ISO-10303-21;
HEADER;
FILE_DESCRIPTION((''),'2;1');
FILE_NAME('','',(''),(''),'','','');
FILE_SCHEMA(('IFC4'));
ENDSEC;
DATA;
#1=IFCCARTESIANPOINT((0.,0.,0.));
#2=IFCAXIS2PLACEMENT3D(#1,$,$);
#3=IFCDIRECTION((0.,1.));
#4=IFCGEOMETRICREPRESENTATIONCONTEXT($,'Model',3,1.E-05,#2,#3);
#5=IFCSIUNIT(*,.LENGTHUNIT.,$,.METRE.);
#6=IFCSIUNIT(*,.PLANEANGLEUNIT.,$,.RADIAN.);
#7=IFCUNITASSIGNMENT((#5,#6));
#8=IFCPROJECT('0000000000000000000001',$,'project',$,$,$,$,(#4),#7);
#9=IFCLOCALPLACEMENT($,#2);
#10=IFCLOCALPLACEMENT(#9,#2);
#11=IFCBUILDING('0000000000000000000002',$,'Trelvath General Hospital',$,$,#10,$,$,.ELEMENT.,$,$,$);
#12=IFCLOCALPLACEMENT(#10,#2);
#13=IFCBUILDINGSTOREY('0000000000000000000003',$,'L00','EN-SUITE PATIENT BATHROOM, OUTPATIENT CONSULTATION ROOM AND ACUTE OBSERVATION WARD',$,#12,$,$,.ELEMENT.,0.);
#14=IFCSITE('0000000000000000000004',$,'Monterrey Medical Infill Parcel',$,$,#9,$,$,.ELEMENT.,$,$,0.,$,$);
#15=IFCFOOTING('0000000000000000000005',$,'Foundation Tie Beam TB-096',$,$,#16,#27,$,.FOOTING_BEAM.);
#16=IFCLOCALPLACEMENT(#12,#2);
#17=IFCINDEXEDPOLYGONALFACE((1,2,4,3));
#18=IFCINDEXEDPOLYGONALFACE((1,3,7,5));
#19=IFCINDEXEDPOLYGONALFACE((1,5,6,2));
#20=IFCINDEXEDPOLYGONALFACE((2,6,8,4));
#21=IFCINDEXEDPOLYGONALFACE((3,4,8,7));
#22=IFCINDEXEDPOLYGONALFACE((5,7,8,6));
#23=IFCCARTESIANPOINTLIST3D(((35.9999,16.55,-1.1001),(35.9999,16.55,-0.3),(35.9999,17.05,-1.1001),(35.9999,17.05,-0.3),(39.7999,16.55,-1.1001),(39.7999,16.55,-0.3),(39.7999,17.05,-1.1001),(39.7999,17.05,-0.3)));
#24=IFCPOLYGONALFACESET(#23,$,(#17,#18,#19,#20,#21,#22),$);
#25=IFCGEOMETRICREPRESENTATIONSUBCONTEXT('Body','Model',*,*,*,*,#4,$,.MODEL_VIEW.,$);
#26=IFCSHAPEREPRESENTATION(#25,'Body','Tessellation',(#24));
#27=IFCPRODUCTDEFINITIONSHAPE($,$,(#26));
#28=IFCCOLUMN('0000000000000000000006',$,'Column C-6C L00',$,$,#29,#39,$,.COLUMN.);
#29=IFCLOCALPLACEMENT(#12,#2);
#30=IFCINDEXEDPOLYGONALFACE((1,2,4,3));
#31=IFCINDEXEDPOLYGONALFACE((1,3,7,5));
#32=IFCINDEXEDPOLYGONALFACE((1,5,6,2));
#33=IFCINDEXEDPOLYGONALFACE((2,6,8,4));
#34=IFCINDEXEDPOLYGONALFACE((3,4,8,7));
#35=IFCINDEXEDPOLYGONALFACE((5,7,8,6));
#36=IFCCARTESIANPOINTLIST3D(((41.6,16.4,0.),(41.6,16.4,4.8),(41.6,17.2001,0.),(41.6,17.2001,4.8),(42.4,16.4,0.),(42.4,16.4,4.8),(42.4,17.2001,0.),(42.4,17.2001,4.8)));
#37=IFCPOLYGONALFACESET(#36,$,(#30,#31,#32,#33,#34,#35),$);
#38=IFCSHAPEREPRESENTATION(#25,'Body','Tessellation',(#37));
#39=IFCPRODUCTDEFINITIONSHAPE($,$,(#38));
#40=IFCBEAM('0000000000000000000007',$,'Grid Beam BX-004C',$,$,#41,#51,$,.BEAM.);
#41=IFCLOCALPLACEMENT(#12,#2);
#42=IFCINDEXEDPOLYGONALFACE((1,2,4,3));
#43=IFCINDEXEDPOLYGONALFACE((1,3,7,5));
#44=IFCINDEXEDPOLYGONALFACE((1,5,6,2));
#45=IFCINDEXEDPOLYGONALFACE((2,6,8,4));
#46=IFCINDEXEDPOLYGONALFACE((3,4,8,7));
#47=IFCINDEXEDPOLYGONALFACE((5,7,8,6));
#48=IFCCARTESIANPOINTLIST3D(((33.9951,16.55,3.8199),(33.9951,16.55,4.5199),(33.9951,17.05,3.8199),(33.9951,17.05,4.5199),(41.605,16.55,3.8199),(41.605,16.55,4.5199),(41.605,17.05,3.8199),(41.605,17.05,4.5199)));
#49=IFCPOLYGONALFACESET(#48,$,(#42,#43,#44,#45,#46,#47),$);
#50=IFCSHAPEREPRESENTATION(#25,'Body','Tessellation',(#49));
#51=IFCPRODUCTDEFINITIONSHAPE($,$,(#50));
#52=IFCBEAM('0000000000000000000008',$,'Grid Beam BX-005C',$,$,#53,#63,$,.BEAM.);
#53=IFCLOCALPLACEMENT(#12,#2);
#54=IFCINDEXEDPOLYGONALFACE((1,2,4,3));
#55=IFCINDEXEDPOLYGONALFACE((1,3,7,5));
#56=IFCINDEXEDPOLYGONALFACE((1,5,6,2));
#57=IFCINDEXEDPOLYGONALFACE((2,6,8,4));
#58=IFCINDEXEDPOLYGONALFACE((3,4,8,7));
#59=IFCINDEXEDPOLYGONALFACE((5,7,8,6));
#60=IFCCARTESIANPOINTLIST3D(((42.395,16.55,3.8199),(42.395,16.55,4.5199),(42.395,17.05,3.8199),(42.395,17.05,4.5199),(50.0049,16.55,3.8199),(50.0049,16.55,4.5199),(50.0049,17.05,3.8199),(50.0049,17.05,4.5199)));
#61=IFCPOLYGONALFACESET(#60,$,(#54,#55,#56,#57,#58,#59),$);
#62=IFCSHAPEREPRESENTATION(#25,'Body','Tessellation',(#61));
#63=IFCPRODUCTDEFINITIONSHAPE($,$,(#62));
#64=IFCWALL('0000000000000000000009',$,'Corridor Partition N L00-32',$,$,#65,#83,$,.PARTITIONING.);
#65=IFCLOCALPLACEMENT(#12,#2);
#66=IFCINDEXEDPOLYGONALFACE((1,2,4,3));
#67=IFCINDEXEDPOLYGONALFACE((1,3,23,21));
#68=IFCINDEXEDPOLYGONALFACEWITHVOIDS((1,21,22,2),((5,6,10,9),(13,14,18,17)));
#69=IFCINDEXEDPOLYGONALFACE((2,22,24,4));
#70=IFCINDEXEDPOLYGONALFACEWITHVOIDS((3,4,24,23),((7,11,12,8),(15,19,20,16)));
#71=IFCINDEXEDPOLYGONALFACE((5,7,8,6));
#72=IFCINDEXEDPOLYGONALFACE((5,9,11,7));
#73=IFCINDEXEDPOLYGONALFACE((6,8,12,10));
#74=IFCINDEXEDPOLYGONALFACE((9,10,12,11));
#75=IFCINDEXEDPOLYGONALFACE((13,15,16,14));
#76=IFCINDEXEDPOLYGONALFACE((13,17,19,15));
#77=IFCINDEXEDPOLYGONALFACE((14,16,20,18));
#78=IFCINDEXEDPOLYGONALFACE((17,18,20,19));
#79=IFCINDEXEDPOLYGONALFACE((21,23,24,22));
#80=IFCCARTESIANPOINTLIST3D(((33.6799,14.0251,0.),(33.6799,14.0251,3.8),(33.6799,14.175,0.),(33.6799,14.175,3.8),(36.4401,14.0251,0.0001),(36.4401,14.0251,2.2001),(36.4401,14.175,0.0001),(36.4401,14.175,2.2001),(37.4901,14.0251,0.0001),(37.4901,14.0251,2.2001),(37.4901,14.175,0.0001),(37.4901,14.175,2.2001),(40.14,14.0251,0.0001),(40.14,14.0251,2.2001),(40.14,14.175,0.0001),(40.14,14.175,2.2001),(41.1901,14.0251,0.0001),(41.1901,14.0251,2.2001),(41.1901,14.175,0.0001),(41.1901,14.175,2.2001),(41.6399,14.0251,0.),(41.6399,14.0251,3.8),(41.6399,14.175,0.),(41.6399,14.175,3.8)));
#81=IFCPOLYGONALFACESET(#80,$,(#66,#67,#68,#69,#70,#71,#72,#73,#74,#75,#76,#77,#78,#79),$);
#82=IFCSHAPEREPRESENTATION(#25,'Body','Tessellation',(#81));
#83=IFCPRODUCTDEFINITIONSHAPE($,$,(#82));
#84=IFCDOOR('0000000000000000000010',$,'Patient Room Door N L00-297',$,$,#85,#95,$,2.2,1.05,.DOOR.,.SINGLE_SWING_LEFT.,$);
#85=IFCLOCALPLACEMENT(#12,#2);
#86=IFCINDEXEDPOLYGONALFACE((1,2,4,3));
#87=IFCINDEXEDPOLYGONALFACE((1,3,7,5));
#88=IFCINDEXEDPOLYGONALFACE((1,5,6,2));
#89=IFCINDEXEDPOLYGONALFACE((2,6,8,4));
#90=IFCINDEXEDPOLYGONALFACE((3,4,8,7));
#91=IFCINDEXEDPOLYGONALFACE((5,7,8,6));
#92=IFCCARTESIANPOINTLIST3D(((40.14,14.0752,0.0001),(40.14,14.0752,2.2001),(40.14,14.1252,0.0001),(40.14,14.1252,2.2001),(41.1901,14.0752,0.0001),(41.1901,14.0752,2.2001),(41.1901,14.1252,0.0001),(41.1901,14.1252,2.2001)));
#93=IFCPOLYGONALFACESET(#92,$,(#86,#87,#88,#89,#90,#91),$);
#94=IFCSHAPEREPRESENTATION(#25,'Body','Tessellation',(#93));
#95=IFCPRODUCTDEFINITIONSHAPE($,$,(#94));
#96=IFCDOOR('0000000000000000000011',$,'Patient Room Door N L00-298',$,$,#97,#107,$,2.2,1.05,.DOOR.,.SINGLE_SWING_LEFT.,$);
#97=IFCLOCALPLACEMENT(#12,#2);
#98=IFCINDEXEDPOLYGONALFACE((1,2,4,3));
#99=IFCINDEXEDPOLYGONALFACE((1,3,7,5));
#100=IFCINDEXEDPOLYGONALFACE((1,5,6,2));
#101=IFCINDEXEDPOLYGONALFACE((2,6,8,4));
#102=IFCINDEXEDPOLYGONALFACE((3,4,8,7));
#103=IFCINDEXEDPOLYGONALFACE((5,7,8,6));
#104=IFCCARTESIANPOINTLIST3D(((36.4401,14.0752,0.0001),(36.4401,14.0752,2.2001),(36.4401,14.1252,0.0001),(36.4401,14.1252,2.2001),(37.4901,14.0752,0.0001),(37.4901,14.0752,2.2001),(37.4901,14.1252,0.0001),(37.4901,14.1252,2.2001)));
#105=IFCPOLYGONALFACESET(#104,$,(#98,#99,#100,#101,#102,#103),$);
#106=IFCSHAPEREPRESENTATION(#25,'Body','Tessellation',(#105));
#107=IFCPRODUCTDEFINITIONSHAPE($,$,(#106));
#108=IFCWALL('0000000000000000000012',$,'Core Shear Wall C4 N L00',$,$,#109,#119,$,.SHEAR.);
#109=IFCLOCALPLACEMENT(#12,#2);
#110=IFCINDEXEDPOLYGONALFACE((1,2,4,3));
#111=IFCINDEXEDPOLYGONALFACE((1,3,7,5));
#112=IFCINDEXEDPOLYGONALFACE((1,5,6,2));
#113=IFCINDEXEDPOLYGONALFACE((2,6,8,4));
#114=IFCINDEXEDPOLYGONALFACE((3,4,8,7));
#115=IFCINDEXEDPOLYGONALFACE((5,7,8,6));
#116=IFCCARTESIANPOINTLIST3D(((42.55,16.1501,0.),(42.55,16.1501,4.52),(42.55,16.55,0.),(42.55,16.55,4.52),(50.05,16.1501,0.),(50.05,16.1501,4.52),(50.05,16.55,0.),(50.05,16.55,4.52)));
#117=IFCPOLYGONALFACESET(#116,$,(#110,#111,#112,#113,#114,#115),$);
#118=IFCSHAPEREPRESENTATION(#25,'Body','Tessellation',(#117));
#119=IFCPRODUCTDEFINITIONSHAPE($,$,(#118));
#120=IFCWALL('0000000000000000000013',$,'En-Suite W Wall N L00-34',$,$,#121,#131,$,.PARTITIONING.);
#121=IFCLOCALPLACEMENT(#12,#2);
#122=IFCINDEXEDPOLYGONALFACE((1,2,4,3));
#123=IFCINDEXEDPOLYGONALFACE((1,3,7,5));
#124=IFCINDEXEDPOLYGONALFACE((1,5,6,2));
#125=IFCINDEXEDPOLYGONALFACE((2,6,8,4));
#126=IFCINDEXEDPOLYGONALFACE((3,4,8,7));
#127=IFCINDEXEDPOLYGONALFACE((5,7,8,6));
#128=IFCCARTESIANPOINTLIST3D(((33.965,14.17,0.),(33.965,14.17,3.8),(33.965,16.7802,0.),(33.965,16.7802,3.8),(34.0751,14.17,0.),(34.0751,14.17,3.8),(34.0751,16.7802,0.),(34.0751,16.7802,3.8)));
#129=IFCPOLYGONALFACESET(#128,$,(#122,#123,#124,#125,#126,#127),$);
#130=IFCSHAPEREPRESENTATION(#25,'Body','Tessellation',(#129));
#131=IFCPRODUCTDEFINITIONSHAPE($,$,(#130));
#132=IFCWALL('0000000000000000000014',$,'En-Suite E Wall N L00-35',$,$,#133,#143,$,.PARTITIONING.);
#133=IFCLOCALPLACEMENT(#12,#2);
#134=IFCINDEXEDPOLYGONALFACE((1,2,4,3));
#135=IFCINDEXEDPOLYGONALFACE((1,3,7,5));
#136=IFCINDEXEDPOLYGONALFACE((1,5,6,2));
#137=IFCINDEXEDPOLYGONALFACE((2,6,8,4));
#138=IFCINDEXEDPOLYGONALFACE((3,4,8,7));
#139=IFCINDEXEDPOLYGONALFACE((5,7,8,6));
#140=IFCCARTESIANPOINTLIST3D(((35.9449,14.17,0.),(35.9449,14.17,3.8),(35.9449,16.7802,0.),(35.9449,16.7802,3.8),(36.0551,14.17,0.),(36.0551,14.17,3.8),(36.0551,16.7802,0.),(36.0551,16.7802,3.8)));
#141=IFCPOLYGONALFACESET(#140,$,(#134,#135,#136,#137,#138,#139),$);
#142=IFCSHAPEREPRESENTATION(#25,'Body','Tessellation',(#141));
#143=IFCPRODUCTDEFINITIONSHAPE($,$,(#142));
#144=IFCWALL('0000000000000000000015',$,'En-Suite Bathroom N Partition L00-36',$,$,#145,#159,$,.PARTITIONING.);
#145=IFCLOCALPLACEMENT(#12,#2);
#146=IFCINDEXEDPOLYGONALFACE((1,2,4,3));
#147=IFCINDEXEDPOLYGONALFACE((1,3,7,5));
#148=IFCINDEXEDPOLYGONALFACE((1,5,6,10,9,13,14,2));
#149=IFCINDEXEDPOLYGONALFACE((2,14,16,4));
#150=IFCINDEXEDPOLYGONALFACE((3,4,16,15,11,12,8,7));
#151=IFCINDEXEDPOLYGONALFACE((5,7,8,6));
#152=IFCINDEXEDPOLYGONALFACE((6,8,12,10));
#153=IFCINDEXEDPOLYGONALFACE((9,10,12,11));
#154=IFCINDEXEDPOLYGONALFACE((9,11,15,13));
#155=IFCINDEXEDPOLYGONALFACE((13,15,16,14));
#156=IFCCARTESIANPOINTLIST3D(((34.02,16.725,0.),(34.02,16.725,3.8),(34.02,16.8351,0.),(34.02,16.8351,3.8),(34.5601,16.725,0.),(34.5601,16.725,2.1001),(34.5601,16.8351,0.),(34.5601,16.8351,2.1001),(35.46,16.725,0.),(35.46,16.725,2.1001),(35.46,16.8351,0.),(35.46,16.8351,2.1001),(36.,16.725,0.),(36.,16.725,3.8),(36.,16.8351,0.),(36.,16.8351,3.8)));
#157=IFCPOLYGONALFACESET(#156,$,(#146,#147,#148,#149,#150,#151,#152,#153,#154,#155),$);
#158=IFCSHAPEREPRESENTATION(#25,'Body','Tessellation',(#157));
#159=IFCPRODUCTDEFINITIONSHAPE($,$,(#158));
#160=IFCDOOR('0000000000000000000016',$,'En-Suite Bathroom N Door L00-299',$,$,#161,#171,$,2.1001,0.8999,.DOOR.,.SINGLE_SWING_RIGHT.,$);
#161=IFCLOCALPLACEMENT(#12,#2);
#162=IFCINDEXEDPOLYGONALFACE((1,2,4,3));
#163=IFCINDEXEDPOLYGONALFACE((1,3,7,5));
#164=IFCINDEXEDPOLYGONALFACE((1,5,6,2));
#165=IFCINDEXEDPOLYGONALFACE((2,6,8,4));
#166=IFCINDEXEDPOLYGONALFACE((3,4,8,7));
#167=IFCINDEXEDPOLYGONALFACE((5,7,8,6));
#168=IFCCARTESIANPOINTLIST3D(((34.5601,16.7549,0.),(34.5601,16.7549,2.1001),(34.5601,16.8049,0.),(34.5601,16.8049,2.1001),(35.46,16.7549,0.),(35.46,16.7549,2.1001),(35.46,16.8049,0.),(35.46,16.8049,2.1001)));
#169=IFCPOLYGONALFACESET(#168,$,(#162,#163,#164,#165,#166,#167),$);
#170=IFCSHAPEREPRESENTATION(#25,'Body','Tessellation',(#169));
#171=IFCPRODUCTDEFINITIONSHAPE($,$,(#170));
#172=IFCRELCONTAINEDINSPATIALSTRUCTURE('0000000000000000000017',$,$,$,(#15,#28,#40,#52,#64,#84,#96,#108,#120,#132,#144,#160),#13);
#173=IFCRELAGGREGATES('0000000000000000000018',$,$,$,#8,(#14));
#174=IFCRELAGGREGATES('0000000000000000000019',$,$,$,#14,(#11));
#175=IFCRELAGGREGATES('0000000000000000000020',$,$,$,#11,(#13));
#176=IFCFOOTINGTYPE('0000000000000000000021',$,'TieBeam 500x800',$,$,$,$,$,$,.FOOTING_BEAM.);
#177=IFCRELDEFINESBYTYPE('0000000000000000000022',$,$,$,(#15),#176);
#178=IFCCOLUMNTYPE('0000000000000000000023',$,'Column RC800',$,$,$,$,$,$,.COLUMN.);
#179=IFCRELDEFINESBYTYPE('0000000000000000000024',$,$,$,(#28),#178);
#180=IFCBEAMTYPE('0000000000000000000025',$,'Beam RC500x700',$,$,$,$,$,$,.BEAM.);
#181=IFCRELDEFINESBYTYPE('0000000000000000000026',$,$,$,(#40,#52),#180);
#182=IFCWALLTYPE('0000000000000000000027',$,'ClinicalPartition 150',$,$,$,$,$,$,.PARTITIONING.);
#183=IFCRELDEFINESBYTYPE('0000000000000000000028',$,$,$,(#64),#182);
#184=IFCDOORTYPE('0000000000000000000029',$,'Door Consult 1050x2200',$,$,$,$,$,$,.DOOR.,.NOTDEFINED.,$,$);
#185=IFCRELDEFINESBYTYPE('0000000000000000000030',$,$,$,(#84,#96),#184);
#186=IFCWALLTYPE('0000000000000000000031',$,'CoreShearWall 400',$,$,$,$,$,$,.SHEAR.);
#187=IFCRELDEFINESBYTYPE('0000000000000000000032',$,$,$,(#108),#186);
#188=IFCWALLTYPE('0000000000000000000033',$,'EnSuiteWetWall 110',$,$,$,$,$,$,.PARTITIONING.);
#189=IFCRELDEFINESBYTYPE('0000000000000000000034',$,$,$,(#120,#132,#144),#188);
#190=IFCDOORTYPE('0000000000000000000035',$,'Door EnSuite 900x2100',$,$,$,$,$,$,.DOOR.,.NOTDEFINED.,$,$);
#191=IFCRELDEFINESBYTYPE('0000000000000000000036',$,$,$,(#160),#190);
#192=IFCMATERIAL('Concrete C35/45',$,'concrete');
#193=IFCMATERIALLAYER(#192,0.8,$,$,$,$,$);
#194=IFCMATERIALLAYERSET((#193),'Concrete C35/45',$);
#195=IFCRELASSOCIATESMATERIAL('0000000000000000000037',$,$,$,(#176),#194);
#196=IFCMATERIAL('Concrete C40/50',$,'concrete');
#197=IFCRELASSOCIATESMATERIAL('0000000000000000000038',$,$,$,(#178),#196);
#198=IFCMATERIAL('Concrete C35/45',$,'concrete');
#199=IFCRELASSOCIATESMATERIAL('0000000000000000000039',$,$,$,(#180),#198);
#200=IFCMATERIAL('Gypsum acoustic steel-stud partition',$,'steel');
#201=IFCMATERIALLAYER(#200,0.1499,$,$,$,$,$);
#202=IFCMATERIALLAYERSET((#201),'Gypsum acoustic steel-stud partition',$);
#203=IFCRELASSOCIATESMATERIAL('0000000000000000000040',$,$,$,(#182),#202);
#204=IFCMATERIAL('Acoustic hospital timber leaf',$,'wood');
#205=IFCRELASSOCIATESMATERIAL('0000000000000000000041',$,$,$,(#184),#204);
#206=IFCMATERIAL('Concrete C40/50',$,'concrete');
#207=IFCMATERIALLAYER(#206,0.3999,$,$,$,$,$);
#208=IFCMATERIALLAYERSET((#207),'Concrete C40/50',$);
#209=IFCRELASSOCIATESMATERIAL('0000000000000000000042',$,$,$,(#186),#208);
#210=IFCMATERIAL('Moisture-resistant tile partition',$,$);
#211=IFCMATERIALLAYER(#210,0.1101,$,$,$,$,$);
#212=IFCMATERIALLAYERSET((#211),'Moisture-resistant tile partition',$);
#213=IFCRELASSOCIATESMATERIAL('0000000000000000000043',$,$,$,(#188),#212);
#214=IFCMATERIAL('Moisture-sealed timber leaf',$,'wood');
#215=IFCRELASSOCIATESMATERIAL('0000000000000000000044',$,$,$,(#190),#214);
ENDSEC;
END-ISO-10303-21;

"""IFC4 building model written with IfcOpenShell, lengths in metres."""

from ifc_helpers import new_model, si_unit, direction, frame, frame_2d, origin, origin_2d, place, context, subcontext, project, spatial, rectangle, extrude, material, layer, layer_set, material_profile, profile_set, type_object, element, fill, save


model = new_model("IFC4")

# Units and contexts
model_context = context("Model", 3, precision=1e-05, world=origin(), true_north=direction((0.0, 1.0)))
body_context = subcontext(model_context, "Body", "Model", "MODEL_VIEW")
ifc_project = project(units=[si_unit("LENGTHUNIT", "METRE"), si_unit("PLANEANGLEUNIT", "RADIAN")], contexts=[model_context])

# Site, building, storey
site_placement = place(None, origin())
site = spatial("IfcSite", under=ifc_project, at=site_placement, Name="Monterrey Medical Infill Parcel", CompositionType="ELEMENT", RefElevation=0.0)
building_placement = place(site_placement, origin())
building = spatial("IfcBuilding", under=site, at=building_placement, Name="Trelvath General Hospital", CompositionType="ELEMENT")
storey_placement = place(building_placement, origin())
storey = spatial("IfcBuildingStorey", under=building, at=storey_placement, Name="L00", Description="EN-SUITE PATIENT BATHROOM, OUTPATIENT CONSULTATION ROOM AND ACUTE OBSERVATION WARD", CompositionType="ELEMENT", Elevation=0.0)

# Footing
ifc_material_1 = material(Name="Concrete C35/45", Category="concrete")
ifc_layer_1 = layer(ifc_material_1, 0.8)
ifc_layer_set_1 = layer_set([ifc_layer_1], Name="Concrete C35/45")
footing_type_1 = type_object("IfcFootingType", Name="TieBeam 500x800", PredefinedType="FOOTING_BEAM", material=ifc_layer_set_1)
footing_1_placement = place(storey_placement, frame((37.8999, 16.8, -1.1001), z_axis=(0.0, 0.0, 1.0), x_axis=(1.0, 0.0, 0.0)))
element("IfcFooting", 1, at=footing_1_placement, inside=storey, type_object=footing_type_1, Name="Foundation Tie Beam TB-096", PredefinedType="FOOTING_BEAM", context=body_context, shape_type="SweptSolid", body=[
    extrude(rectangle(XDim=3.8, YDim=0.5, at=origin_2d()), origin(), (0.0, 0.0, 1.0), 0.8),
])

# Column
ifc_material_2 = material(Name="Concrete C40/50", Category="concrete")
ifc_material_profile_1 = material_profile(ifc_material_2, rectangle(XDim=0.8, YDim=0.8, at=origin_2d()), Name="RC800x800")
ifc_profile_set_1 = profile_set([ifc_material_profile_1], Name="Concrete C40/50")
column_type = type_object("IfcColumnType", Name="Column RC800", PredefinedType="COLUMN", material=ifc_profile_set_1)
column_placement = place(storey_placement, frame((42.0, 16.8, 0.0), z_axis=(0.0, 0.0, 1.0), x_axis=(1.0, 0.0, 0.0)))
element("IfcColumn", 2, at=column_placement, inside=storey, type_object=column_type, Name="Column C-6C L00", PredefinedType="COLUMN", context=body_context, shape_type="SweptSolid", body=[
    extrude(rectangle(XDim=0.8, YDim=0.8, at=origin_2d()), origin(), (0.0, 0.0, 1.0), 4.8),
])

# Beams
ifc_material_3 = material(Name="Concrete C35/45", Category="concrete")
ifc_material_profile_2 = material_profile(ifc_material_3, rectangle(XDim=0.5, YDim=0.7, at=origin_2d()), Name="RCB500x700")
ifc_profile_set_2 = profile_set([ifc_material_profile_2], Name="Concrete C35/45")
beam_type = type_object("IfcBeamType", Name="Beam RC500x700", PredefinedType="BEAM", material=ifc_profile_set_2)
for number, where, z_axis, x_axis, name in (
    (3, (33.9951, 16.8, 4.1699), (1.0, 0.0, 0.0), (0.0, 1.0, 0.0), "Grid Beam BX-004C"),
    (4, (42.395, 16.8, 4.1699), (1.0, 0.0, 0.0), (0.0, 1.0, 0.0), "Grid Beam BX-005C"),
):
    element("IfcBeam", number, at=place(storey_placement, frame(where, z_axis=z_axis, x_axis=x_axis)), inside=storey, type_object=beam_type, Name=name, PredefinedType="BEAM", context=body_context, shape_type="SweptSolid", body=[
        extrude(rectangle(XDim=0.5, YDim=0.7, at=origin_2d()), origin(), (0.0, 0.0, 1.0), 7.6099),
    ])

# Wall, openings, doors
ifc_material_4 = material(Name="Gypsum acoustic steel-stud partition", Category="steel")
ifc_layer_2 = layer(ifc_material_4, 0.1499)
ifc_layer_set_2 = layer_set([ifc_layer_2], Name="Gypsum acoustic steel-stud partition")
wall_type_1 = type_object("IfcWallType", Name="ClinicalPartition 150", PredefinedType="PARTITIONING", material=ifc_layer_set_2)
wall_1_placement = place(storey_placement, frame((41.6399, 14.1001, 0.0), z_axis=(0.0, 0.0, 1.0), x_axis=(-1.0, 0.0, 0.0)))
wall_1 = element("IfcWall", 5, at=wall_1_placement, inside=storey, type_object=wall_type_1, Name="Corridor Partition N L00-32", PredefinedType="PARTITIONING", context=body_context, shape_type="SweptSolid", body=[
    extrude(rectangle(XDim=7.96, YDim=0.1499, at=frame_2d((3.98, 0.0))), origin(), (0.0, 0.0, 1.0), 3.8),
])
opening_1_placement = place(wall_1_placement, frame((0.45, 0.0, 0.0)))
opening_1 = element("IfcOpeningElement", 6, at=opening_1_placement, cuts=wall_1, PredefinedType="OPENING", context=body_context, shape_type="SweptSolid", body=[
    extrude(rectangle(XDim=1.05, YDim=2.2, at=frame_2d((0.5249, 1.1001))), frame((0.0, 0.085, 0.0), z_axis=(0.0, -1.0, 0.0), x_axis=(1.0, 0.0, 0.0)), (0.0, 0.0, 1.0), 0.1699),
])
opening_2_placement = place(wall_1_placement, frame((4.1499, 0.0, 0.0)))
opening_2 = element("IfcOpeningElement", 7, at=opening_2_placement, cuts=wall_1, PredefinedType="OPENING", context=body_context, shape_type="SweptSolid", body=[
    extrude(rectangle(XDim=1.05, YDim=2.2, at=frame_2d((0.5249, 1.1001))), frame((0.0, 0.085, 0.0), z_axis=(0.0, -1.0, 0.0), x_axis=(1.0, 0.0, 0.0)), (0.0, 0.0, 1.0), 0.1699),
])
ifc_material_5 = material(Name="Acoustic hospital timber leaf", Category="wood")
door_type_1 = type_object("IfcDoorType", Name="Door Consult 1050x2200", OperationType="NOTDEFINED", PredefinedType="DOOR", material=ifc_material_5)
door_1_placement = place(opening_1_placement, origin())
door_1 = element("IfcDoor", 8, at=door_1_placement, inside=storey, type_object=door_type_1, Name="Patient Room Door N L00-297", OperationType="SINGLE_SWING_LEFT", OverallHeight=2.2, OverallWidth=1.05, PredefinedType="DOOR", context=body_context, shape_type="SweptSolid", body=[
    extrude(rectangle(XDim=1.05, YDim=2.2, at=frame_2d((0.5249, 1.1001))), frame((0.0, 0.0249, 0.0), z_axis=(0.0, -1.0, 0.0), x_axis=(1.0, 0.0, 0.0)), (0.0, 0.0, 1.0), 0.05),
])
fill(opening_1, door_1)
door_2_placement = place(opening_2_placement, origin())
door_2 = element("IfcDoor", 9, at=door_2_placement, inside=storey, type_object=door_type_1, Name="Patient Room Door N L00-298", OperationType="SINGLE_SWING_LEFT", OverallHeight=2.2, OverallWidth=1.05, PredefinedType="DOOR", context=body_context, shape_type="SweptSolid", body=[
    extrude(rectangle(XDim=1.05, YDim=2.2, at=frame_2d((0.5249, 1.1001))), frame((0.0, 0.0249, 0.0), z_axis=(0.0, -1.0, 0.0), x_axis=(1.0, 0.0, 0.0)), (0.0, 0.0, 1.0), 0.05),
])
fill(opening_2, door_2)

# Walls
ifc_material_6 = material(Name="Concrete C40/50", Category="concrete")
ifc_layer_3 = layer(ifc_material_6, 0.3999)
ifc_layer_set_3 = layer_set([ifc_layer_3], Name="Concrete C40/50")
wall_type_2 = type_object("IfcWallType", Name="CoreShearWall 400", PredefinedType="SHEAR", material=ifc_layer_set_3)
wall_2_placement = place(storey_placement, frame((42.55, 16.3501, 0.0), z_axis=(0.0, 0.0, 1.0), x_axis=(1.0, 0.0, 0.0)))
element("IfcWall", 10, at=wall_2_placement, inside=storey, type_object=wall_type_2, Name="Core Shear Wall C4 N L00", PredefinedType="SHEAR", context=body_context, shape_type="SweptSolid", body=[
    extrude(rectangle(XDim=7.5, YDim=0.3999, at=frame_2d((3.75, 0.0))), origin(), (0.0, 0.0, 1.0), 4.52),
])
ifc_material_7 = material(Name="Moisture-resistant tile partition")
ifc_layer_4 = layer(ifc_material_7, 0.1101)
ifc_layer_set_4 = layer_set([ifc_layer_4], Name="Moisture-resistant tile partition")
wall_type_3 = type_object("IfcWallType", Name="EnSuiteWetWall 110", PredefinedType="PARTITIONING", material=ifc_layer_set_4)
for number, where, z_axis, x_axis, name in (
    (11, (34.02, 14.1699, 0.0), (0.0, 0.0, 1.0), (0.0, 1.0, 0.0), "En-Suite W Wall N L00-34"),
    (12, (36.0, 14.1699, 0.0), (0.0, 0.0, 1.0), (0.0, 1.0, 0.0), "En-Suite E Wall N L00-35"),
):
    element("IfcWall", number, at=place(storey_placement, frame(where, z_axis=z_axis, x_axis=x_axis)), inside=storey, type_object=wall_type_3, Name=name, PredefinedType="PARTITIONING", context=body_context, shape_type="SweptSolid", body=[
        extrude(rectangle(XDim=2.6101, YDim=0.1101, at=frame_2d((1.3052, 0.0))), origin(), (0.0, 0.0, 1.0), 3.8),
    ])

# Wall, opening, door
wall_3_placement = place(storey_placement, frame((34.02, 16.78, 0.0), z_axis=(0.0, 0.0, 1.0), x_axis=(1.0, 0.0, 0.0)))
wall_3 = element("IfcWall", 13, at=wall_3_placement, inside=storey, type_object=wall_type_3, Name="En-Suite Bathroom N Partition L00-36", PredefinedType="PARTITIONING", context=body_context, shape_type="SweptSolid", body=[
    extrude(rectangle(XDim=1.98, YDim=0.1101, at=frame_2d((0.99, 0.0))), origin(), (0.0, 0.0, 1.0), 3.8),
])
opening_3_placement = place(wall_3_placement, frame((0.54, 0.0, 0.0)))
opening_3 = element("IfcOpeningElement", 14, at=opening_3_placement, cuts=wall_3, PredefinedType="OPENING", context=body_context, shape_type="SweptSolid", body=[
    extrude(rectangle(XDim=0.8999, YDim=2.1001, at=frame_2d((0.45, 1.05))), frame((0.0, 0.0649, 0.0), z_axis=(0.0, -1.0, 0.0), x_axis=(1.0, 0.0, 0.0)), (0.0, 0.0, 1.0), 0.1301),
])
ifc_material_8 = material(Name="Moisture-sealed timber leaf", Category="wood")
door_type_2 = type_object("IfcDoorType", Name="Door EnSuite 900x2100", OperationType="NOTDEFINED", PredefinedType="DOOR", material=ifc_material_8)
door_3_placement = place(opening_3_placement, origin())
door_3 = element("IfcDoor", 15, at=door_3_placement, inside=storey, type_object=door_type_2, Name="En-Suite Bathroom N Door L00-299", OperationType="SINGLE_SWING_RIGHT", OverallHeight=2.1001, OverallWidth=0.8999, PredefinedType="DOOR", context=body_context, shape_type="SweptSolid", body=[
    extrude(rectangle(XDim=0.8999, YDim=2.1001, at=frame_2d((0.45, 1.05))), frame((0.0, 0.0249, 0.0), z_axis=(0.0, -1.0, 0.0), x_axis=(1.0, 0.0, 0.0)), (0.0, 0.0, 1.0), 0.05),
])
fill(opening_3, door_3)

save(model, "model.ifc")
